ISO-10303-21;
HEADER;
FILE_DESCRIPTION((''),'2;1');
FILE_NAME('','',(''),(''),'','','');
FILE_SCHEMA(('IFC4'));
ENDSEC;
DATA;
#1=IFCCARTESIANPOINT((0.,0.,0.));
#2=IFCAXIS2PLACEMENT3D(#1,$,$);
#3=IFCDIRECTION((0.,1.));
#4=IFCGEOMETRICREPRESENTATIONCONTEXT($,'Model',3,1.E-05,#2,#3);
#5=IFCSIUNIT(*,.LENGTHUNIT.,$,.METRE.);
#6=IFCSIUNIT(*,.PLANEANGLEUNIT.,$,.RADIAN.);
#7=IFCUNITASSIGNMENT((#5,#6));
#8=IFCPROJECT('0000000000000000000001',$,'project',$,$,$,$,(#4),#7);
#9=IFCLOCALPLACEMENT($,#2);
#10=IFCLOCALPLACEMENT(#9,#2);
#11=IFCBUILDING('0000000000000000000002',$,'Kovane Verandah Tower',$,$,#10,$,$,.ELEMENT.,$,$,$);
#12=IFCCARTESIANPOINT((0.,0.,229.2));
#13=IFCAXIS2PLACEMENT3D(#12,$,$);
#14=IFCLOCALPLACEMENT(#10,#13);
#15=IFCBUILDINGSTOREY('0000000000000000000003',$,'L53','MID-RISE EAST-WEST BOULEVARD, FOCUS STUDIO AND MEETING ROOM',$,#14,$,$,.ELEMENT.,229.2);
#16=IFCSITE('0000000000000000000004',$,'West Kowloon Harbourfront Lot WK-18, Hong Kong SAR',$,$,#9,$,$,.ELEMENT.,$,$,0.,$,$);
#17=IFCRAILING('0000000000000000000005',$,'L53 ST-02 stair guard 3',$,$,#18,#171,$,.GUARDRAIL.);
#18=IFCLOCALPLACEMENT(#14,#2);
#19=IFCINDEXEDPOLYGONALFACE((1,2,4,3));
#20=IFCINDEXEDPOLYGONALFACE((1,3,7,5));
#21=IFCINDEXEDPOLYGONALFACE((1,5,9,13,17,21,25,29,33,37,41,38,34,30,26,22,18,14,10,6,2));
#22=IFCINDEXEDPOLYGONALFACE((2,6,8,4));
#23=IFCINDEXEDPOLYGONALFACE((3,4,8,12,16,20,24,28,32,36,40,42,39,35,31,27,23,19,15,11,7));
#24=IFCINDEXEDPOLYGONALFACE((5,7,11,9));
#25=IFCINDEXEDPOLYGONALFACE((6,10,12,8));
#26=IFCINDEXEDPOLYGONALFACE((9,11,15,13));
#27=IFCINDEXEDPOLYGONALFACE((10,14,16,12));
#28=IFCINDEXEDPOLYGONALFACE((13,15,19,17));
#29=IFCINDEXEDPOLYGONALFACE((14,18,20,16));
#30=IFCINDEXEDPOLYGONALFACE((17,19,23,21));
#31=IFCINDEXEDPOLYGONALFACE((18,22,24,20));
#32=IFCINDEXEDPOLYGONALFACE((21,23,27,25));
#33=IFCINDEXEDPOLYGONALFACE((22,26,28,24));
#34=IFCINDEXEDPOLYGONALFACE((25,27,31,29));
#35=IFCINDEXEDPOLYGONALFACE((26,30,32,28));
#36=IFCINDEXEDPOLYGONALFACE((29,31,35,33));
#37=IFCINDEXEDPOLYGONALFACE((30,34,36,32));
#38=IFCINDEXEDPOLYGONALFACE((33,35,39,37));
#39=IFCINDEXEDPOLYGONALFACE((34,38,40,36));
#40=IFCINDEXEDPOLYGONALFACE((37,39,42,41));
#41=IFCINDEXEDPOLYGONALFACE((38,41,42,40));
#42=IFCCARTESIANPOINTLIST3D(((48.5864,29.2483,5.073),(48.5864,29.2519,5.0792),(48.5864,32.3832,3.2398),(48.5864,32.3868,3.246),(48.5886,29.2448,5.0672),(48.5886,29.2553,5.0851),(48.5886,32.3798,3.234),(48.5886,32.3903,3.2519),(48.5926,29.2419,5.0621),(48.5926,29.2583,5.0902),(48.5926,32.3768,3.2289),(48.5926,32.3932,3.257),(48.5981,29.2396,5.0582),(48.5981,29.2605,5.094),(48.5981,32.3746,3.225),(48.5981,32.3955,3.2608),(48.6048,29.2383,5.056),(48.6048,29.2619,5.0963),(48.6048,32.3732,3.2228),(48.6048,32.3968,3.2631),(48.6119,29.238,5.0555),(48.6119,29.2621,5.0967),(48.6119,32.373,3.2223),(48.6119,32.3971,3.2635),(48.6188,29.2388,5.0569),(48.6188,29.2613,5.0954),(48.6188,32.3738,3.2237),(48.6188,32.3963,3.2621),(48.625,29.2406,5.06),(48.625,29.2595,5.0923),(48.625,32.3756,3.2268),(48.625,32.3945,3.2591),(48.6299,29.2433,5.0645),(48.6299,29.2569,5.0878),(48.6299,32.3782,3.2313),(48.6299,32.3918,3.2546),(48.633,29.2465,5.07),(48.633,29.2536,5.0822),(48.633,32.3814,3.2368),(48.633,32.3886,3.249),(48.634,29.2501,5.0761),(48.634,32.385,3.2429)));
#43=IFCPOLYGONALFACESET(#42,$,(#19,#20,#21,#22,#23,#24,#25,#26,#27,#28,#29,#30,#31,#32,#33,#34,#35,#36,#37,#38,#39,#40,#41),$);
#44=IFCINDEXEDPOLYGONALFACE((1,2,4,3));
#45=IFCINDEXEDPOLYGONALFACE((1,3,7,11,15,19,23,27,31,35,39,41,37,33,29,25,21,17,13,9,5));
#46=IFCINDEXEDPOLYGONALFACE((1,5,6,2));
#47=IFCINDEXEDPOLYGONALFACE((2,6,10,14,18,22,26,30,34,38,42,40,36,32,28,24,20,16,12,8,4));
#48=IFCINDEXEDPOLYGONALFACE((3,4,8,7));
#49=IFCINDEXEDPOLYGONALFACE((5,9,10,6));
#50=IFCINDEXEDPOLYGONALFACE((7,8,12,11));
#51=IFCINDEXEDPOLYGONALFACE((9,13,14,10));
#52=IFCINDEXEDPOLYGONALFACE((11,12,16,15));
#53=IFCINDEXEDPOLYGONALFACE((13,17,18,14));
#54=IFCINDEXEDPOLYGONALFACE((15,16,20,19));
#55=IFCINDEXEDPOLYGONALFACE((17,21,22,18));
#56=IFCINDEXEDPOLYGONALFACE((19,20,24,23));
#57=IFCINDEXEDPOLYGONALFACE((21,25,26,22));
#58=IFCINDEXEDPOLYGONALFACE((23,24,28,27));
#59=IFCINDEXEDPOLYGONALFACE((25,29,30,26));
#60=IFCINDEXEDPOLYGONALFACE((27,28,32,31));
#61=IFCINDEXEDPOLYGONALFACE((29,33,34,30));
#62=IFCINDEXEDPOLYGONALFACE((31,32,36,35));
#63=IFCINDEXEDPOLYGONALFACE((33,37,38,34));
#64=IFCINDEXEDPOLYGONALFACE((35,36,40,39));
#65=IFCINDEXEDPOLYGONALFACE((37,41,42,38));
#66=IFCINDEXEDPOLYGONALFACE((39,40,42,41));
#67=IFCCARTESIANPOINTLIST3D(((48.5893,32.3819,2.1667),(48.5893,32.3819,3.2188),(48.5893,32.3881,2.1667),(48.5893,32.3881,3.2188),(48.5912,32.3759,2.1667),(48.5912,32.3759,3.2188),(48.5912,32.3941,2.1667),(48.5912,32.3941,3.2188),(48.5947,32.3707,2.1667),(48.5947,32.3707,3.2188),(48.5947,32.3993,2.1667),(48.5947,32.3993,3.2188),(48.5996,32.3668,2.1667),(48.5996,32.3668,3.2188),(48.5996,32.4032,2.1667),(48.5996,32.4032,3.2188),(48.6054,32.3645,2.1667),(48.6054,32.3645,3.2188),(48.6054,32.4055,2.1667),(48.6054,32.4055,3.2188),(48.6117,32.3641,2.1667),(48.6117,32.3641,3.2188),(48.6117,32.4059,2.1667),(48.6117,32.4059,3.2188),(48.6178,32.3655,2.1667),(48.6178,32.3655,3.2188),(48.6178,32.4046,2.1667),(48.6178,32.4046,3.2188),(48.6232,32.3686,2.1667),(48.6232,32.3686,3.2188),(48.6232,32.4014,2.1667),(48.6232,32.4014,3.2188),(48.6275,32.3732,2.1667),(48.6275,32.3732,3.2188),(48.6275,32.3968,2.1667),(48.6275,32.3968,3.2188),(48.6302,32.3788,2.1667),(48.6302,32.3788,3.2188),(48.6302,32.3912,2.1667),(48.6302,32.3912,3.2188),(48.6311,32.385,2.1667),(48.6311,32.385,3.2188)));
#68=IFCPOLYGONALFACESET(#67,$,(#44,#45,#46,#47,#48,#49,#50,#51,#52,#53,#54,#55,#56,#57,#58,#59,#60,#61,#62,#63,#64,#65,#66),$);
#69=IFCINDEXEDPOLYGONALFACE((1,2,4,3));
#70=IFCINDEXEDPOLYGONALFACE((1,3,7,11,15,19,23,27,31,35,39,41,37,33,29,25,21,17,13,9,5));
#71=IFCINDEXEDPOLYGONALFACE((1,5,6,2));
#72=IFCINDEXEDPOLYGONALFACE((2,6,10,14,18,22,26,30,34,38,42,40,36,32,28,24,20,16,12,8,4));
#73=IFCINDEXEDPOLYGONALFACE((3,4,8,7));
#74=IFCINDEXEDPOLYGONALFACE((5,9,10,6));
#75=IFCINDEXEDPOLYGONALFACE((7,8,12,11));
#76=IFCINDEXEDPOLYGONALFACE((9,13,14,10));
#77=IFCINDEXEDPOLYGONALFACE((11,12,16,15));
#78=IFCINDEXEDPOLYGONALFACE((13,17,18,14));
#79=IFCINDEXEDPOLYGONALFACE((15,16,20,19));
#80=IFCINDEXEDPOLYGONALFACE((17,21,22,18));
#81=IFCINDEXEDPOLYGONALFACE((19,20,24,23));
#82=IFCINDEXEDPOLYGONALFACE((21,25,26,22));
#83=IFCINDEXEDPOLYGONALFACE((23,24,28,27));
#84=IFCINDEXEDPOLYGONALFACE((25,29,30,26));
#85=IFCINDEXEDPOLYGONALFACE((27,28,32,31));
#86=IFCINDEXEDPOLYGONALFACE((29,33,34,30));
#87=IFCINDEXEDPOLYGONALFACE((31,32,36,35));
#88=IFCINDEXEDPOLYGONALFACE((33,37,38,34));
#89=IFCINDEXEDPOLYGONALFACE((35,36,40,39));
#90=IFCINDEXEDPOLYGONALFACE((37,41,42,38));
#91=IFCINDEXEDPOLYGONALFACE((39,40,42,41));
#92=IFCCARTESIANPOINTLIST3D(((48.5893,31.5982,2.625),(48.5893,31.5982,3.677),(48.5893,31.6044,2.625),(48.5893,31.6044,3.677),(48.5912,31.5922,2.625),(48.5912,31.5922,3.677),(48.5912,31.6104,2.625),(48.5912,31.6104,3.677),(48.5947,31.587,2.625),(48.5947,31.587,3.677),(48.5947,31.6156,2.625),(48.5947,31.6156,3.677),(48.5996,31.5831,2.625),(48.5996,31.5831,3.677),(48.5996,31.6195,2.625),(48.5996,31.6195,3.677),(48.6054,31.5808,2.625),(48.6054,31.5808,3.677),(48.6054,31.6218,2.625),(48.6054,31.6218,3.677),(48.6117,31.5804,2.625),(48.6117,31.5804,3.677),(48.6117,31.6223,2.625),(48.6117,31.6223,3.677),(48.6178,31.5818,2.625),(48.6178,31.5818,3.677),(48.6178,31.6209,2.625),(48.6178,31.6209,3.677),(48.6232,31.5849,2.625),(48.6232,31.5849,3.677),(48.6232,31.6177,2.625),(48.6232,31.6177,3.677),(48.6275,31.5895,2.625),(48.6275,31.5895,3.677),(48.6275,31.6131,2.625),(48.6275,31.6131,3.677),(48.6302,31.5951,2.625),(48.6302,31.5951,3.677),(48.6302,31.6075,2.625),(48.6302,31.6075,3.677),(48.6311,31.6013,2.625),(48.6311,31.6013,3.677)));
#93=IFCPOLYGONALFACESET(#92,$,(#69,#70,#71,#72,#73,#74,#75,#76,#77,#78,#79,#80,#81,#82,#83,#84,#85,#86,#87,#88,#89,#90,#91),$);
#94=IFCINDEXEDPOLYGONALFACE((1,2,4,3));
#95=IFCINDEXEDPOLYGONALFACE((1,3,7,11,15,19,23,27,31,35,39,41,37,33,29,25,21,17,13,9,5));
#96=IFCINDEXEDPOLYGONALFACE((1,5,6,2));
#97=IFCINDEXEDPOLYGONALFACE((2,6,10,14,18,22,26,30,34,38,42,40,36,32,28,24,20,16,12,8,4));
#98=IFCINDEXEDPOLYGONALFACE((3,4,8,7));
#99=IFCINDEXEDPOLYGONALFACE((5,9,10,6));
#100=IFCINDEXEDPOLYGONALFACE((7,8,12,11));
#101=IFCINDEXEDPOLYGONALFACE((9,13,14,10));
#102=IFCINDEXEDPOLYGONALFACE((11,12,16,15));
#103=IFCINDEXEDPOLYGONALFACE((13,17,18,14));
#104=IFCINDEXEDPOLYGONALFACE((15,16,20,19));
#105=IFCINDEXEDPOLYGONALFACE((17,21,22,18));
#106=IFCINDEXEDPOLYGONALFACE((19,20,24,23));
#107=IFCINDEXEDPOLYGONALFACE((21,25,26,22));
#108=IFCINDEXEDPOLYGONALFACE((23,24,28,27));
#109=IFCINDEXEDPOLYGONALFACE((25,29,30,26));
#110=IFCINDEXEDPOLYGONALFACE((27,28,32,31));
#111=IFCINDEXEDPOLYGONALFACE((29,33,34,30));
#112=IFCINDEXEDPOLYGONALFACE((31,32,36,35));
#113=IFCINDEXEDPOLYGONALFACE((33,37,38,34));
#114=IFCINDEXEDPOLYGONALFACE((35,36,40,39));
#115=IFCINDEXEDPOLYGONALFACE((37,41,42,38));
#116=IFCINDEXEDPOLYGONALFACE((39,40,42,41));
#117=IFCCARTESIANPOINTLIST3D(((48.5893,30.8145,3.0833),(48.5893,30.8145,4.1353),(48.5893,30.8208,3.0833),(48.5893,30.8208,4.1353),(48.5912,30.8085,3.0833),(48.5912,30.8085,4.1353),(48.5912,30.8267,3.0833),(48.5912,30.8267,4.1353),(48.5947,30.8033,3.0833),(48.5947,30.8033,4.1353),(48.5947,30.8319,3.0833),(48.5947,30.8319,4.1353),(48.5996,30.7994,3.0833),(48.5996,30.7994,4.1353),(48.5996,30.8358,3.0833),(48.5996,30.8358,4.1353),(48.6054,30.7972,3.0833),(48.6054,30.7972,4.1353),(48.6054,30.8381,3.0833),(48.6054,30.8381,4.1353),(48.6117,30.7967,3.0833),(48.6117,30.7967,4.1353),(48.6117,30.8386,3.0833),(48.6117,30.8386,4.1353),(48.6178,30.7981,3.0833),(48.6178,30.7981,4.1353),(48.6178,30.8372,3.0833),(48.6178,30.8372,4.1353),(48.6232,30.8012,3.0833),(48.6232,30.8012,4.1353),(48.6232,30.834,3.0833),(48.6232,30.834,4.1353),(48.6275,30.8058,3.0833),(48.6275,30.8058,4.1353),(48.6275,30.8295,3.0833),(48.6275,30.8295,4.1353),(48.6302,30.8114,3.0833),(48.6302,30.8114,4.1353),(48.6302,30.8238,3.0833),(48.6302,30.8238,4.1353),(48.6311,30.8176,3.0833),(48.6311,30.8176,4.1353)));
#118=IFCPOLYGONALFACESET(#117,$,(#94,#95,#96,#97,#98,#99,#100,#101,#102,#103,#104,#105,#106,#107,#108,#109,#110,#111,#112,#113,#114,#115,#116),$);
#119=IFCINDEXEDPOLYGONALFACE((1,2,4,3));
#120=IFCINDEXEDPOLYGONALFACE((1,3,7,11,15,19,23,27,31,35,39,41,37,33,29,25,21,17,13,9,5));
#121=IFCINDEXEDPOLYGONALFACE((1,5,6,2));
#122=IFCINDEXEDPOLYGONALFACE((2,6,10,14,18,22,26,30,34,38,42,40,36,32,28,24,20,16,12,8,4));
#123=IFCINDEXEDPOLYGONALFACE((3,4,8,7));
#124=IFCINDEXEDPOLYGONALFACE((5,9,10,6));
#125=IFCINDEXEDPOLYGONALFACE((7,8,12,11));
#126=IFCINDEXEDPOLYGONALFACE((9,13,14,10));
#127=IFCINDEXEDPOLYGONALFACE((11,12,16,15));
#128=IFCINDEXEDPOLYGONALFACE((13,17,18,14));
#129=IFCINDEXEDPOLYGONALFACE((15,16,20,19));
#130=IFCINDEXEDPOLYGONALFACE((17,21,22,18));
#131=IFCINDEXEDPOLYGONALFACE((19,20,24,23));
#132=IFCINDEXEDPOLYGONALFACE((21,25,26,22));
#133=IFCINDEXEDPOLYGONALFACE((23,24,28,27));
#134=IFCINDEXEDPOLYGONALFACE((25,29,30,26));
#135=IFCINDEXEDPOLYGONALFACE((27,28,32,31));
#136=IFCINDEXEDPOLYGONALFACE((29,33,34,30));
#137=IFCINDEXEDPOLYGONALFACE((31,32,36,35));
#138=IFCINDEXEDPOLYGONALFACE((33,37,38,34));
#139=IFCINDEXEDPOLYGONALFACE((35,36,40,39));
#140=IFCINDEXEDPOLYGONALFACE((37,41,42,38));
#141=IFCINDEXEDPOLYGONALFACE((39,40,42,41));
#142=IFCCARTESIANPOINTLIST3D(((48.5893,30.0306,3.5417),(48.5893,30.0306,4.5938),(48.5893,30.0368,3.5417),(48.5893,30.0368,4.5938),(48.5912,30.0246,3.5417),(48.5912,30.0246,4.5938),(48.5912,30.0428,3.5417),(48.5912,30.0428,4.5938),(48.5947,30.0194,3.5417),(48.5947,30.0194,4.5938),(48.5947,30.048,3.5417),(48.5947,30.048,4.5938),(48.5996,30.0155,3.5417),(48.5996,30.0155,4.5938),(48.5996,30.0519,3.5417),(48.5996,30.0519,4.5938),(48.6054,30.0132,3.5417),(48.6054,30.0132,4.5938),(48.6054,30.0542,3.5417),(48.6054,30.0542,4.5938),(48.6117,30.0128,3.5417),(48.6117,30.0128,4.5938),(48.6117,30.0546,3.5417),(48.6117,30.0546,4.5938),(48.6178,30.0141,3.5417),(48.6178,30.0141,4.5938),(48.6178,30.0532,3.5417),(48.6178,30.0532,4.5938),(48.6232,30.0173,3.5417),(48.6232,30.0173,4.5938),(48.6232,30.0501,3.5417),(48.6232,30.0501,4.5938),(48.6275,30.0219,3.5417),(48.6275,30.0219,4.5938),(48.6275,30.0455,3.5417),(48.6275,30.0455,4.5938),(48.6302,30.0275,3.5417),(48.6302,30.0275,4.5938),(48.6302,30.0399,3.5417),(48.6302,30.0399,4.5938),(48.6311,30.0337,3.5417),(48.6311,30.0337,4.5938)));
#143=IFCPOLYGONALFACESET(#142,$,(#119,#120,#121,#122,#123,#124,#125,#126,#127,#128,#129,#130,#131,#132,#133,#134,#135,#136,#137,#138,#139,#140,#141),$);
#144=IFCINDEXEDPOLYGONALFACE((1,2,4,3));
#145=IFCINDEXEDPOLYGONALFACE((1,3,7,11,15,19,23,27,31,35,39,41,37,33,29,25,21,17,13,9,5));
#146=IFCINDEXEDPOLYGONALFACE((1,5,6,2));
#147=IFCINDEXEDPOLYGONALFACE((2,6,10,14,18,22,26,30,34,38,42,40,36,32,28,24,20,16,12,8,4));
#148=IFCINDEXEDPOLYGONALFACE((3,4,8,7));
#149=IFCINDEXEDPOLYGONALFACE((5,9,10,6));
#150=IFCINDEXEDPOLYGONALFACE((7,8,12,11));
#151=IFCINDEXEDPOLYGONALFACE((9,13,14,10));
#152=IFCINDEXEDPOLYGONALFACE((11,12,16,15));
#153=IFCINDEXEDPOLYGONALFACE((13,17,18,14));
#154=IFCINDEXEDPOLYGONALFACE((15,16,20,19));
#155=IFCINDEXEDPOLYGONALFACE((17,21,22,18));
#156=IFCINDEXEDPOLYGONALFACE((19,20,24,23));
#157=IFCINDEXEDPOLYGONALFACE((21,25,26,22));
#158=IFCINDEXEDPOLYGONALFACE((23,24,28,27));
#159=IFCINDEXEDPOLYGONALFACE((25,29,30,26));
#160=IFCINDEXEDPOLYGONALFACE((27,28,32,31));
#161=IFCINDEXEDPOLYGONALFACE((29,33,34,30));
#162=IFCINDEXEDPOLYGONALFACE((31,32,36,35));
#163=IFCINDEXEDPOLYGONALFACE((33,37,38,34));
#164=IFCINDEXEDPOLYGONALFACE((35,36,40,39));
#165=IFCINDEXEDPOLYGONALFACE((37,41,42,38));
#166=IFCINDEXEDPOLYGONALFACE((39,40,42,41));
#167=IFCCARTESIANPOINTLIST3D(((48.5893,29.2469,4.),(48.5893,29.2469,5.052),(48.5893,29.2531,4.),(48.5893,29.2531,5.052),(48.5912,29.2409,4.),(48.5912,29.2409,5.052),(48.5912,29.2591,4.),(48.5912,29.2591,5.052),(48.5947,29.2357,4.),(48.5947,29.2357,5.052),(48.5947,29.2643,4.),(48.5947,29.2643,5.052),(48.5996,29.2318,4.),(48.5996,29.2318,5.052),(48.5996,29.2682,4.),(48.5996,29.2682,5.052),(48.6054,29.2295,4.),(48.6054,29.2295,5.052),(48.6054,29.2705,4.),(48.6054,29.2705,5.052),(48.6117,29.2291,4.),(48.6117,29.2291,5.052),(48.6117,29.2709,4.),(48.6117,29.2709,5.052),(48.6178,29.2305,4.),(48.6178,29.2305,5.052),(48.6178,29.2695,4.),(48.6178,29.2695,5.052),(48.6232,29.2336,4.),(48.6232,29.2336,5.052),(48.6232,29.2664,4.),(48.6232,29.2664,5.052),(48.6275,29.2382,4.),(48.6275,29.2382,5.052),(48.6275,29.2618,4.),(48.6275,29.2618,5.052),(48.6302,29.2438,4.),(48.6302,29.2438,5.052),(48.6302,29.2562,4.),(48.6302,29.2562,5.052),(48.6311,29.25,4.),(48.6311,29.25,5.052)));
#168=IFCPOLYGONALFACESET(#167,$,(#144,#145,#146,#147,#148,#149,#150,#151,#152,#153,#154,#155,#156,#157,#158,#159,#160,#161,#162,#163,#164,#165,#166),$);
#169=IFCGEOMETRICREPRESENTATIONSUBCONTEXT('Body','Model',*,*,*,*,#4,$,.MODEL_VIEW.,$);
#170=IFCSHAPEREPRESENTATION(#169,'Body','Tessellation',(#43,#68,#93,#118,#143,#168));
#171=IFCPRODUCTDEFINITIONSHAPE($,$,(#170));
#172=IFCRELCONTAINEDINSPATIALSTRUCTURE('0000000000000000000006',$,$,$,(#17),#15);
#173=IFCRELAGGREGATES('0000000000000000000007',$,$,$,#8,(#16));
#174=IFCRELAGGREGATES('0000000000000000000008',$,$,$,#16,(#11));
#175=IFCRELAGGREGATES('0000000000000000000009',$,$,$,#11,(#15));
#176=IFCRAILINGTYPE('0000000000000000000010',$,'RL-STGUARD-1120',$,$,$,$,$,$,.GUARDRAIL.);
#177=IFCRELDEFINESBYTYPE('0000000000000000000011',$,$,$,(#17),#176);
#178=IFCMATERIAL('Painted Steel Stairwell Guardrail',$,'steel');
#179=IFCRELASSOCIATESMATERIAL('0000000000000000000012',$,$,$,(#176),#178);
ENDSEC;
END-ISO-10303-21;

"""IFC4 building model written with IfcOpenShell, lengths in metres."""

from ifc_helpers import new_model, si_unit, direction, frame, origin, origin_2d, place, context, subcontext, project, spatial, circle, extrude, material, type_object, element, save


model = new_model("IFC4")

# Units and contexts
model_context = context("Model", 3, precision=1e-05, world=origin(), true_north=direction((0.0, 1.0)))
body_context = subcontext(model_context, "Body", "Model", "MODEL_VIEW")
ifc_project = project(units=[si_unit("LENGTHUNIT", "METRE"), si_unit("PLANEANGLEUNIT", "RADIAN")], contexts=[model_context])

# Site, building, storey
site_placement = place(None, origin())
site = spatial("IfcSite", under=ifc_project, at=site_placement, Name="West Kowloon Harbourfront Lot WK-18, Hong Kong SAR", CompositionType="ELEMENT", RefElevation=0.0)
building_placement = place(site_placement, origin())
building = spatial("IfcBuilding", under=site, at=building_placement, Name="Kovane Verandah Tower", CompositionType="ELEMENT")
storey_placement = place(building_placement, frame((0.0, 0.0, 229.2)))
storey = spatial("IfcBuildingStorey", under=building, at=storey_placement, Name="L53", Description="MID-RISE EAST-WEST BOULEVARD, FOCUS STUDIO AND MEETING ROOM", CompositionType="ELEMENT", Elevation=229.2)

# Railing
ifc_material_1 = material(Name="Painted Steel Stairwell Guardrail", Category="steel")
railing_type_1 = type_object("IfcRailingType", Name="RL-STGUARD-1120", PredefinedType="GUARDRAIL", material=ifc_material_1)
railing_1_placement = place(storey_placement, frame((48.6101, 32.385, 2.1667)))
element("IfcRailing", 1, at=railing_1_placement, inside=storey, type_object=railing_type_1, Name="L53 ST-02 stair guard 3", PredefinedType="GUARDRAIL", context=body_context, shape_type="SweptSolid", body=[
    extrude(circle(Radius=0.0239, at=origin_2d()), frame((0.0, 0.0, 1.0762), z_axis=(0.0, -0.86324, 0.504794), x_axis=(1.0, 0.0, 0.0)), (0.0, 0.0, 1.0), 3.6316),
    extrude(circle(Radius=0.021, at=origin_2d()), origin(), (0.0, 0.0, 1.0), 1.052),
    extrude(circle(Radius=0.021, at=origin_2d()), frame((0.0, -0.7837, 0.4583)), (0.0, 0.0, 1.0), 1.052),
    extrude(circle(Radius=0.021, at=origin_2d()), frame((0.0, -1.5674, 0.9165)), (0.0, 0.0, 1.0), 1.052),
    extrude(circle(Radius=0.021, at=origin_2d()), frame((0.0, -2.3513, 1.375)), (0.0, 0.0, 1.0), 1.052),
    extrude(circle(Radius=0.021, at=origin_2d()), frame((0.0, -3.135, 1.8333)), (0.0, 0.0, 1.0), 1.052),
])

save(model, "model.ifc")
